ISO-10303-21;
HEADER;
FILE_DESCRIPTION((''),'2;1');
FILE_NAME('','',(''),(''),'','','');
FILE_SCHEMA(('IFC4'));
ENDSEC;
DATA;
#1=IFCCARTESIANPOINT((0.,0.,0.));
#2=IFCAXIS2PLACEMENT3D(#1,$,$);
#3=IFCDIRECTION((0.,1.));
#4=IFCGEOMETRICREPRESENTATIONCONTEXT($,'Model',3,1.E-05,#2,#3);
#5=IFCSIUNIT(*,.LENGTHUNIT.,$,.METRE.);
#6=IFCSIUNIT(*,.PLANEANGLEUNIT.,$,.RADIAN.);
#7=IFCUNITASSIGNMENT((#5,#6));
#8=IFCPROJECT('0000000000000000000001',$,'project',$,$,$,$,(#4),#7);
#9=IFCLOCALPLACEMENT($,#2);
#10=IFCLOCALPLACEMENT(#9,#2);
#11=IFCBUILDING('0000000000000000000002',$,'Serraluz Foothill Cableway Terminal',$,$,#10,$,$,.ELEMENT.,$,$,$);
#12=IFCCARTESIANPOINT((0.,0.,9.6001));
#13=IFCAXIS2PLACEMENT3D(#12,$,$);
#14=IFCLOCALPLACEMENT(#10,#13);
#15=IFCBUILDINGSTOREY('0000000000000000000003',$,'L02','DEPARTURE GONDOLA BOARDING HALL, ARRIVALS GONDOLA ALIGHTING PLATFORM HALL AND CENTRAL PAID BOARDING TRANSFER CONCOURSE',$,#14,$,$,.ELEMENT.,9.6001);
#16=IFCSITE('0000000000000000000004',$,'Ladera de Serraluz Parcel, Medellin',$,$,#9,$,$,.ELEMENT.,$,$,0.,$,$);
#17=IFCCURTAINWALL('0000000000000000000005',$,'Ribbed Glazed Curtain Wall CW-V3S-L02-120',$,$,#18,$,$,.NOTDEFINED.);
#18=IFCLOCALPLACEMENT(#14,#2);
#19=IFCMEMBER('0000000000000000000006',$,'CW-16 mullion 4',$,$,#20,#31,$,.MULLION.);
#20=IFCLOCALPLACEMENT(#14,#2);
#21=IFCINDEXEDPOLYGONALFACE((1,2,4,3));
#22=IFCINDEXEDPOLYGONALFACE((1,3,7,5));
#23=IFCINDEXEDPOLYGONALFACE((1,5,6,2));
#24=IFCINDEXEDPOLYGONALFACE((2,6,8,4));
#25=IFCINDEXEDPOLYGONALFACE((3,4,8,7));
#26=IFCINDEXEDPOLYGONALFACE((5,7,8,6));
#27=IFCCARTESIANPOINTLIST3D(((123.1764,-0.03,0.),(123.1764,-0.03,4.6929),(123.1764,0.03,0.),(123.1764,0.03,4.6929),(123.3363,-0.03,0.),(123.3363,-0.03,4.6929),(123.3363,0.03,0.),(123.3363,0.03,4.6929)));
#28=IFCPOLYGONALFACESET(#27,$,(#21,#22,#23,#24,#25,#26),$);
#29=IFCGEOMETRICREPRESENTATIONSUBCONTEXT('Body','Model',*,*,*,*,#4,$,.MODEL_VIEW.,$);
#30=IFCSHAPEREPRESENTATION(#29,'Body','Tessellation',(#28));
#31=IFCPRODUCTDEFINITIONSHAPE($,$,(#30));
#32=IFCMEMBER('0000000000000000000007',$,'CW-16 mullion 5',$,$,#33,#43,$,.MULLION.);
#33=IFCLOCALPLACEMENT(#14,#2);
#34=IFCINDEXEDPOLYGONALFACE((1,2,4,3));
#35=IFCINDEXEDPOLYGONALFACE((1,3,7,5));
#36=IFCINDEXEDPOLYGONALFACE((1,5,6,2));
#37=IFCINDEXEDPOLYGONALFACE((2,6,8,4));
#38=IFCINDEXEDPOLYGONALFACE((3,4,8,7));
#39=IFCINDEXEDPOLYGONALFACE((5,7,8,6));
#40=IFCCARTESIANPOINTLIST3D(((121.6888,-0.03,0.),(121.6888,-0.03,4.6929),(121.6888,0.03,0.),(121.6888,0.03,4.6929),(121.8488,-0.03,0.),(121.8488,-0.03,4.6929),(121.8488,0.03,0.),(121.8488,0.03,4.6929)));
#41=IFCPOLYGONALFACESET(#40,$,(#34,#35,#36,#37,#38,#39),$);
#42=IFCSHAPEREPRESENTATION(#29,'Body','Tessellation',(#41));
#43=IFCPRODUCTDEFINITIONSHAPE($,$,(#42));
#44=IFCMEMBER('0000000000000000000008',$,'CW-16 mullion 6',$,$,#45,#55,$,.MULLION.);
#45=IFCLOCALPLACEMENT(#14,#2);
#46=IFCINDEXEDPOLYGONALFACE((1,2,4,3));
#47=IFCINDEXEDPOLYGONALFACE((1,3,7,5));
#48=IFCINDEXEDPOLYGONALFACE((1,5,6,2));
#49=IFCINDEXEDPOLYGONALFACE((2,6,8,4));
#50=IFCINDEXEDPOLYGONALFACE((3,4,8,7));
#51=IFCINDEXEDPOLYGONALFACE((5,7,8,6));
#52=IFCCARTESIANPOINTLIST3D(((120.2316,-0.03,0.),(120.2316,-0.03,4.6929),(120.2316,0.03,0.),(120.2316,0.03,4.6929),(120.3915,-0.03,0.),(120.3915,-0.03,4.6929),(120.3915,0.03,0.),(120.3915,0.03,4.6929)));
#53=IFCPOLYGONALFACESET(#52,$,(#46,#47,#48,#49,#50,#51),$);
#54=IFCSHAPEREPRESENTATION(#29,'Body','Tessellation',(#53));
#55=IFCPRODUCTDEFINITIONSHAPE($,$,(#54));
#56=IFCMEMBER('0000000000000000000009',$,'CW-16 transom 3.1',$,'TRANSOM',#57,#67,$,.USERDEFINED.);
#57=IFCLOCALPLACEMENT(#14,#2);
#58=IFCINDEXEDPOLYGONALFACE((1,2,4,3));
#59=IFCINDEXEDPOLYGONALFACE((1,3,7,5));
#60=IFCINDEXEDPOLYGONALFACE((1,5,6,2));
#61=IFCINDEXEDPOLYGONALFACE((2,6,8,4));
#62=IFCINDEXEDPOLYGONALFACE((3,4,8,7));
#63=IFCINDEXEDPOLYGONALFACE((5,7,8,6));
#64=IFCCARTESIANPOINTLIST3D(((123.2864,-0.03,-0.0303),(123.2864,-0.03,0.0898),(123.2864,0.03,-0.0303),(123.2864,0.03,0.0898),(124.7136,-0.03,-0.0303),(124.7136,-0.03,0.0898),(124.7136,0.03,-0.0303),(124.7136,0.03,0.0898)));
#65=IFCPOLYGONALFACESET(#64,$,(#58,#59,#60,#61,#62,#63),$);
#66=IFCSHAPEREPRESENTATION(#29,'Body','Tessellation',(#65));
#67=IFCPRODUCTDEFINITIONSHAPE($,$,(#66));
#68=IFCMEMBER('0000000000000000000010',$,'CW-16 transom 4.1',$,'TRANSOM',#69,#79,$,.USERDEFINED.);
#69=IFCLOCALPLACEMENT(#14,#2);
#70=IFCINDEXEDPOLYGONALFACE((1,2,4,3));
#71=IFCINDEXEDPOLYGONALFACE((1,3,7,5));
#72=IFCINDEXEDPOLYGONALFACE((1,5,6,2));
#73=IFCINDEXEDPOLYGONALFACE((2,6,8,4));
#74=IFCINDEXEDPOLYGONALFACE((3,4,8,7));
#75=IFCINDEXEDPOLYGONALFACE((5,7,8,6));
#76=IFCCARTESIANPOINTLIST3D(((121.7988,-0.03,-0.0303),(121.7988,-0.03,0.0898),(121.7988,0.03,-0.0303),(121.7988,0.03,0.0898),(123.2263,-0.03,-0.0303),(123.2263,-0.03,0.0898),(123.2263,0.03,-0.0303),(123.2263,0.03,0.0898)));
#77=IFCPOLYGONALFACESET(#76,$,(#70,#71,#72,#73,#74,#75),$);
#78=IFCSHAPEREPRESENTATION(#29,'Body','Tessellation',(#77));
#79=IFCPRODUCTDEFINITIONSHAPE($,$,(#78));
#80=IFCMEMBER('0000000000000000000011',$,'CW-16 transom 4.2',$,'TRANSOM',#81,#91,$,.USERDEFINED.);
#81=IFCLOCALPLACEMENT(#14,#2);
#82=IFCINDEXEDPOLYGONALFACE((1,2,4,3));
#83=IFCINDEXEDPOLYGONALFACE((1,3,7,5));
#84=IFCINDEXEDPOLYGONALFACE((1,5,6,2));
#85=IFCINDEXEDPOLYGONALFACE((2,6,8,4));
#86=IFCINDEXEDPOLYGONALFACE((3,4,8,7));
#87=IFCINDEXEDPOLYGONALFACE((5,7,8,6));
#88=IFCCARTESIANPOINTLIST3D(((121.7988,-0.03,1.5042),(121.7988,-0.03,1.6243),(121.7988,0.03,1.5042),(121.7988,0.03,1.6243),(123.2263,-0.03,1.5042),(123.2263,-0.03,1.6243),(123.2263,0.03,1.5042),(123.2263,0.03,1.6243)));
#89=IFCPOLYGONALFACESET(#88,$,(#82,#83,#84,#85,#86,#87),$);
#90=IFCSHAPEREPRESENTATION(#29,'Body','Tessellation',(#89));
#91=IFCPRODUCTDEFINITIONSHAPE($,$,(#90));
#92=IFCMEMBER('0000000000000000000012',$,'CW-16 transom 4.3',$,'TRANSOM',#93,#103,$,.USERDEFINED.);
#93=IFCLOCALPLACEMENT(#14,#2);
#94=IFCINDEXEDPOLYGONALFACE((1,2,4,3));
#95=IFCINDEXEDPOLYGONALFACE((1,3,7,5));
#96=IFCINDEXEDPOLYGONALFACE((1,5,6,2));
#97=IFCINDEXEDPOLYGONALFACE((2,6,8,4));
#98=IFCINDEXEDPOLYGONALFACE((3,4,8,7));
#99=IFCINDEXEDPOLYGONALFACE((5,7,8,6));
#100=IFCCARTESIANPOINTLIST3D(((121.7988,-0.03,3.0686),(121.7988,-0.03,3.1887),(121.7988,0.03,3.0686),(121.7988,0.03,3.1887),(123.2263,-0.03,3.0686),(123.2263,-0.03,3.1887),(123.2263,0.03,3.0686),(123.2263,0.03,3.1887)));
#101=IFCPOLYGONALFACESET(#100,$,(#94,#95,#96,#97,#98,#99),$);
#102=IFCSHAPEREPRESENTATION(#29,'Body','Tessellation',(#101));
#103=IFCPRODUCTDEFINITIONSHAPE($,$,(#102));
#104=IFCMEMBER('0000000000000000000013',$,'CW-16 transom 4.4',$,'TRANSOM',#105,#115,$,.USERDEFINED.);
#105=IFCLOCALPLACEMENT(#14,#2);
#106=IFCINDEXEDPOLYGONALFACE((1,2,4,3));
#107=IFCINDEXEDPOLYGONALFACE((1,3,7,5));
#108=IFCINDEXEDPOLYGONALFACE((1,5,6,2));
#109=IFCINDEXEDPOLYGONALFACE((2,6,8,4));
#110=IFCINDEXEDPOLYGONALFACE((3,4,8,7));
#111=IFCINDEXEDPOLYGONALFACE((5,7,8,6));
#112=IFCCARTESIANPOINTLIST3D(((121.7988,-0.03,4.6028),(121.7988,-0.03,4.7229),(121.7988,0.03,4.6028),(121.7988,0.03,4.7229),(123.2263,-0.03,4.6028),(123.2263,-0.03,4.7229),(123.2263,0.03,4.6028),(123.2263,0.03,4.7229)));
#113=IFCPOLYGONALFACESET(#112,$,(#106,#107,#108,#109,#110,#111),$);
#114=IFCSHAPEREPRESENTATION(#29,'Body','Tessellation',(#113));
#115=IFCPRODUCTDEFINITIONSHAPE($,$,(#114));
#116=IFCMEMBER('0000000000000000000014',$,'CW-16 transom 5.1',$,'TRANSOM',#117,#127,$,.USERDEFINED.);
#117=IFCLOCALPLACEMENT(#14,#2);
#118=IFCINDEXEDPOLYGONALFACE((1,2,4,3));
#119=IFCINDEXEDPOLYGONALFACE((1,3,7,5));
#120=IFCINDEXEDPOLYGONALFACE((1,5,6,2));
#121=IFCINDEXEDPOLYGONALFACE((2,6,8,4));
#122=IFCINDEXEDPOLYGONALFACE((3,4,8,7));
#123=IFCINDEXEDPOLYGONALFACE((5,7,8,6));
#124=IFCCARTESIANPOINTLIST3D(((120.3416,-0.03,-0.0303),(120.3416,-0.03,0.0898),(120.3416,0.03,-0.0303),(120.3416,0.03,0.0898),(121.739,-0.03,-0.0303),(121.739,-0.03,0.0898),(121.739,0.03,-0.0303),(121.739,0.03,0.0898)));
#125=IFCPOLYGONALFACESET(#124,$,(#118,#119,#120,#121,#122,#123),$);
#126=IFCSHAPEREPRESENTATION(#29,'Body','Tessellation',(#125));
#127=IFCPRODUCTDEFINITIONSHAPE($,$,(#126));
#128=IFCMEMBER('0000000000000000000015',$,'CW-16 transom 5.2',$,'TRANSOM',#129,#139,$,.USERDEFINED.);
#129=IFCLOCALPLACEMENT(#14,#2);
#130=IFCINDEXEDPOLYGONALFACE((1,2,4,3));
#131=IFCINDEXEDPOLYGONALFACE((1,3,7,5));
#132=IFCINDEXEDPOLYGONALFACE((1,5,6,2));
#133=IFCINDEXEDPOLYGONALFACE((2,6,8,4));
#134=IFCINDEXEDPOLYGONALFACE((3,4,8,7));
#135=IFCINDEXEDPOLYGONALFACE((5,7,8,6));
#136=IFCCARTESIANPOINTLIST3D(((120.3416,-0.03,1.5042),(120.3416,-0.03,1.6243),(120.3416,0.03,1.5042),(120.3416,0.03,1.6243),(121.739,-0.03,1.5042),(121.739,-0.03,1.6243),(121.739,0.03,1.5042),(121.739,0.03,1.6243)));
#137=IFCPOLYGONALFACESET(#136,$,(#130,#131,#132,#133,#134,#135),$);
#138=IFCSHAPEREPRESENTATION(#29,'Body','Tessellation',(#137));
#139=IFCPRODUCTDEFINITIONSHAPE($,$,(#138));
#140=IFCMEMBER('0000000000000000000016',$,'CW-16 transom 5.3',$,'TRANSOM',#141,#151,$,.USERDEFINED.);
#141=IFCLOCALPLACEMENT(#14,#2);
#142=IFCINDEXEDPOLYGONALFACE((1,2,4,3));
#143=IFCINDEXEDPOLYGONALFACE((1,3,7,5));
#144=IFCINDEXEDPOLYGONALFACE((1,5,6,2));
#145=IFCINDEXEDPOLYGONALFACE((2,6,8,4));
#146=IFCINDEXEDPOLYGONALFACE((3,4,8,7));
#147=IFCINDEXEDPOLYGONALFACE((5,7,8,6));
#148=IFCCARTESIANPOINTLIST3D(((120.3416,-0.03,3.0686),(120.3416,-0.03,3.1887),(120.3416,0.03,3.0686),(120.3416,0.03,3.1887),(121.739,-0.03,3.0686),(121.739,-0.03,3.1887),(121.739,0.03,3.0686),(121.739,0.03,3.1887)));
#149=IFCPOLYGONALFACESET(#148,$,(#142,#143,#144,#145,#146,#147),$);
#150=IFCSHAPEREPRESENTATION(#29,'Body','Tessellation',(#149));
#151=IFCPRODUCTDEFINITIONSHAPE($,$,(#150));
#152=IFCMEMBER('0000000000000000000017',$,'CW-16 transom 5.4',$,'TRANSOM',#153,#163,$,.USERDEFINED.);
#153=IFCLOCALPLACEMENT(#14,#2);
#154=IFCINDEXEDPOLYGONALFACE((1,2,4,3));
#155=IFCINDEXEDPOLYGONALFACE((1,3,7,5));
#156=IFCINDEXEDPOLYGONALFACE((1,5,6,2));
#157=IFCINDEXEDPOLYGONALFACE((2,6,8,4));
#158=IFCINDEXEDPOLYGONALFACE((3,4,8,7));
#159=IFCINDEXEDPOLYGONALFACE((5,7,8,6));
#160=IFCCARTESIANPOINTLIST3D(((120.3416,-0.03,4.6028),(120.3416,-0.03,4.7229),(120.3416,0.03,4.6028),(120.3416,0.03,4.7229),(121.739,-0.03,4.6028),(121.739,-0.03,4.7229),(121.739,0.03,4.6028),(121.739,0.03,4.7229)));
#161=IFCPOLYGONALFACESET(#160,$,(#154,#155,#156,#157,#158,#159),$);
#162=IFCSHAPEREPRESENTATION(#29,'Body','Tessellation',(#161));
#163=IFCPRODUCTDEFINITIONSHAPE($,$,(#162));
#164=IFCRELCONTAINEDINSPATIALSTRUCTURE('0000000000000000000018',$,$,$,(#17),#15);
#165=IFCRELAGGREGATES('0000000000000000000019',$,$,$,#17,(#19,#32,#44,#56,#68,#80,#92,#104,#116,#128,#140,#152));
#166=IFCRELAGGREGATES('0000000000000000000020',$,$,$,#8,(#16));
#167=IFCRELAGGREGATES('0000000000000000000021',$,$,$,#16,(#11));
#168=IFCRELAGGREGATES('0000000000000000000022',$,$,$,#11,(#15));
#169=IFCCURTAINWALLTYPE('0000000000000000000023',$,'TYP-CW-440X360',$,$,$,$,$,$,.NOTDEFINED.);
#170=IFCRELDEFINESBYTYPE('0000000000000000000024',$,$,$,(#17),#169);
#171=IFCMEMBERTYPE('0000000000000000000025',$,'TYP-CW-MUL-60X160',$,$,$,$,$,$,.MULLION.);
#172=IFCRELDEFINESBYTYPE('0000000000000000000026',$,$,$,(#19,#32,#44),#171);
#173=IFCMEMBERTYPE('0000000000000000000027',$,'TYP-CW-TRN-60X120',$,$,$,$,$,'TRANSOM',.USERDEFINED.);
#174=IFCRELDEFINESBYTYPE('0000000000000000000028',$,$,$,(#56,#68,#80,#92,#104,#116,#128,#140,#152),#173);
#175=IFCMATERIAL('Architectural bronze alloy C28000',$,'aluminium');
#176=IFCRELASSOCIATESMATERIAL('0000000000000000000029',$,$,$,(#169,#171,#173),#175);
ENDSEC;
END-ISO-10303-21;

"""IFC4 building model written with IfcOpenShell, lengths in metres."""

from ifc_helpers import new_model, si_unit, direction, frame, origin, origin_2d, place, context, subcontext, project, spatial, rectangle, extrude, material, material_profile, profile_set, type_object, element, aggregate, save


model = new_model("IFC4")

# Units and contexts
model_context = context("Model", 3, precision=1e-05, world=origin(), true_north=direction((0.0, 1.0)))
body_context = subcontext(model_context, "Body", "Model", "MODEL_VIEW")
ifc_project = project(units=[si_unit("LENGTHUNIT", "METRE"), si_unit("PLANEANGLEUNIT", "RADIAN")], contexts=[model_context])

# Site, building, storey
site_placement = place(None, origin())
site = spatial("IfcSite", under=ifc_project, at=site_placement, Name="Ladera de Serraluz Parcel, Medellin", CompositionType="ELEMENT", RefElevation=0.0)
building_placement = place(site_placement, origin())
building = spatial("IfcBuilding", under=site, at=building_placement, Name="Serraluz Foothill Cableway Terminal", CompositionType="ELEMENT")
storey_placement = place(building_placement, frame((0.0, 0.0, 9.6001)))
storey = spatial("IfcBuildingStorey", under=building, at=storey_placement, Name="L02", Description="DEPARTURE GONDOLA BOARDING HALL, ARRIVALS GONDOLA ALIGHTING PLATFORM HALL AND CENTRAL PAID BOARDING TRANSFER CONCOURSE", CompositionType="ELEMENT", Elevation=9.6001)

# Curtain wall, members
ifc_material_1 = material(Name="Architectural bronze alloy C28000", Category="aluminium")
curtain_wall_type = type_object("IfcCurtainWallType", Name="TYP-CW-440X360", PredefinedType="NOTDEFINED", material=ifc_material_1)
curtain_wall_placement = place(storey_placement, origin())
curtain_wall = element("IfcCurtainWall", 1, at=curtain_wall_placement, inside=storey, type_object=curtain_wall_type, Name="Ribbed Glazed Curtain Wall CW-V3S-L02-120", PredefinedType="NOTDEFINED")
ifc_material_profile_1 = material_profile(ifc_material_1, rectangle(XDim=0.0601, YDim=0.1599, at=origin_2d()), Name="ALU MULLION 60x160")
ifc_profile_set_1 = profile_set([ifc_material_profile_1], Name="Architectural bronze alloy C28000")
member_type_1 = type_object("IfcMemberType", Name="TYP-CW-MUL-60X160", PredefinedType="MULLION", material=ifc_profile_set_1)
member_1_placement = place(storey_placement, frame((123.2563, 0.0, 0.0), z_axis=(0.0, 0.0, 1.0), x_axis=(0.0, -1.0, 0.0)))
member_1 = element("IfcMember", 2, at=member_1_placement, type_object=member_type_1, Name="CW-16 mullion 4", PredefinedType="MULLION", context=body_context, shape_type="SweptSolid", body=[
    extrude(rectangle(XDim=0.0601, YDim=0.1599, at=origin_2d()), origin(), (0.0, 0.0, 1.0), 4.6929),
])
member_2_placement = place(storey_placement, frame((121.7688, 0.0, 0.0), z_axis=(0.0, 0.0, 1.0), x_axis=(0.0, -1.0, 0.0)))
member_2 = element("IfcMember", 3, at=member_2_placement, type_object=member_type_1, Name="CW-16 mullion 5", PredefinedType="MULLION", context=body_context, shape_type="SweptSolid", body=[
    extrude(rectangle(XDim=0.0601, YDim=0.1599, at=origin_2d()), origin(), (0.0, 0.0, 1.0), 4.6929),
])
member_3_placement = place(storey_placement, frame((120.3115, 0.0, 0.0), z_axis=(0.0, 0.0, 1.0), x_axis=(0.0, -1.0, 0.0)))
member_3 = element("IfcMember", 4, at=member_3_placement, type_object=member_type_1, Name="CW-16 mullion 6", PredefinedType="MULLION", context=body_context, shape_type="SweptSolid", body=[
    extrude(rectangle(XDim=0.0601, YDim=0.1599, at=origin_2d()), origin(), (0.0, 0.0, 1.0), 4.6929),
])
ifc_material_profile_2 = material_profile(ifc_material_1, rectangle(XDim=0.0601, YDim=0.1201, at=origin_2d()), Name="ALU TRANSOM 60x120")
ifc_profile_set_2 = profile_set([ifc_material_profile_2], Name="Architectural bronze alloy C28000")
member_type_2 = type_object("IfcMemberType", Name="TYP-CW-TRN-60X120", ElementType="TRANSOM", PredefinedType="USERDEFINED", material=ifc_profile_set_2)
member_4_placement = place(storey_placement, frame((124.7136, 0.0, 0.0298), z_axis=(-1.0, 0.0, 0.0), x_axis=(0.0, -1.0, 0.0)))
member_4 = element("IfcMember", 5, at=member_4_placement, type_object=member_type_2, Name="CW-16 transom 3.1", ObjectType="TRANSOM", PredefinedType="USERDEFINED", context=body_context, shape_type="SweptSolid", body=[
    extrude(rectangle(XDim=0.0601, YDim=0.1201, at=origin_2d()), origin(), (0.0, 0.0, 1.0), 1.4272),
])
member_5_placement = place(storey_placement, frame((123.2263, 0.0, 0.0298), z_axis=(-1.0, 0.0, 0.0), x_axis=(0.0, -1.0, 0.0)))
member_5 = element("IfcMember", 6, at=member_5_placement, type_object=member_type_2, Name="CW-16 transom 4.1", ObjectType="TRANSOM", PredefinedType="USERDEFINED", context=body_context, shape_type="SweptSolid", body=[
    extrude(rectangle(XDim=0.0601, YDim=0.1201, at=origin_2d()), origin(), (0.0, 0.0, 1.0), 1.4275),
])
member_6_placement = place(storey_placement, frame((123.2263, 0.0, 1.5642), z_axis=(-1.0, 0.0, 0.0), x_axis=(0.0, -1.0, 0.0)))
member_6 = element("IfcMember", 7, at=member_6_placement, type_object=member_type_2, Name="CW-16 transom 4.2", ObjectType="TRANSOM", PredefinedType="USERDEFINED", context=body_context, shape_type="SweptSolid", body=[
    extrude(rectangle(XDim=0.0601, YDim=0.1201, at=origin_2d()), origin(), (0.0, 0.0, 1.0), 1.4275),
])
member_7_placement = place(storey_placement, frame((123.2263, 0.0, 3.1287), z_axis=(-1.0, 0.0, 0.0), x_axis=(0.0, -1.0, 0.0)))
member_7 = element("IfcMember", 8, at=member_7_placement, type_object=member_type_2, Name="CW-16 transom 4.3", ObjectType="TRANSOM", PredefinedType="USERDEFINED", context=body_context, shape_type="SweptSolid", body=[
    extrude(rectangle(XDim=0.0601, YDim=0.1201, at=origin_2d()), origin(), (0.0, 0.0, 1.0), 1.4275),
])
member_8_placement = place(storey_placement, frame((123.2263, 0.0, 4.6628), z_axis=(-1.0, 0.0, 0.0), x_axis=(0.0, -1.0, 0.0)))
member_8 = element("IfcMember", 9, at=member_8_placement, type_object=member_type_2, Name="CW-16 transom 4.4", ObjectType="TRANSOM", PredefinedType="USERDEFINED", context=body_context, shape_type="SweptSolid", body=[
    extrude(rectangle(XDim=0.0601, YDim=0.1201, at=origin_2d()), origin(), (0.0, 0.0, 1.0), 1.4275),
])
member_9_placement = place(storey_placement, frame((121.739, 0.0, 0.0298), z_axis=(-1.0, 0.0, 0.0), x_axis=(0.0, -1.0, 0.0)))
member_9 = element("IfcMember", 10, at=member_9_placement, type_object=member_type_2, Name="CW-16 transom 5.1", ObjectType="TRANSOM", PredefinedType="USERDEFINED", context=body_context, shape_type="SweptSolid", body=[
    extrude(rectangle(XDim=0.0601, YDim=0.1201, at=origin_2d()), origin(), (0.0, 0.0, 1.0), 1.3975),
])
member_10_placement = place(storey_placement, frame((121.739, 0.0, 1.5642), z_axis=(-1.0, 0.0, 0.0), x_axis=(0.0, -1.0, 0.0)))
member_10 = element("IfcMember", 11, at=member_10_placement, type_object=member_type_2, Name="CW-16 transom 5.2", ObjectType="TRANSOM", PredefinedType="USERDEFINED", context=body_context, shape_type="SweptSolid", body=[
    extrude(rectangle(XDim=0.0601, YDim=0.1201, at=origin_2d()), origin(), (0.0, 0.0, 1.0), 1.3975),
])
member_11_placement = place(storey_placement, frame((121.739, 0.0, 3.1287), z_axis=(-1.0, 0.0, 0.0), x_axis=(0.0, -1.0, 0.0)))
member_11 = element("IfcMember", 12, at=member_11_placement, type_object=member_type_2, Name="CW-16 transom 5.3", ObjectType="TRANSOM", PredefinedType="USERDEFINED", context=body_context, shape_type="SweptSolid", body=[
    extrude(rectangle(XDim=0.0601, YDim=0.1201, at=origin_2d()), origin(), (0.0, 0.0, 1.0), 1.3975),
])
member_12_placement = place(storey_placement, frame((121.739, 0.0, 4.6628), z_axis=(-1.0, 0.0, 0.0), x_axis=(0.0, -1.0, 0.0)))
member_12 = element("IfcMember", 13, at=member_12_placement, type_object=member_type_2, Name="CW-16 transom 5.4", ObjectType="TRANSOM", PredefinedType="USERDEFINED", context=body_context, shape_type="SweptSolid", body=[
    extrude(rectangle(XDim=0.0601, YDim=0.1201, at=origin_2d()), origin(), (0.0, 0.0, 1.0), 1.3975),
])

aggregate(curtain_wall, [member_1, member_2, member_3, member_4, member_5, member_6, member_7, member_8, member_9, member_10, member_11, member_12])

save(model, "model.ifc")
